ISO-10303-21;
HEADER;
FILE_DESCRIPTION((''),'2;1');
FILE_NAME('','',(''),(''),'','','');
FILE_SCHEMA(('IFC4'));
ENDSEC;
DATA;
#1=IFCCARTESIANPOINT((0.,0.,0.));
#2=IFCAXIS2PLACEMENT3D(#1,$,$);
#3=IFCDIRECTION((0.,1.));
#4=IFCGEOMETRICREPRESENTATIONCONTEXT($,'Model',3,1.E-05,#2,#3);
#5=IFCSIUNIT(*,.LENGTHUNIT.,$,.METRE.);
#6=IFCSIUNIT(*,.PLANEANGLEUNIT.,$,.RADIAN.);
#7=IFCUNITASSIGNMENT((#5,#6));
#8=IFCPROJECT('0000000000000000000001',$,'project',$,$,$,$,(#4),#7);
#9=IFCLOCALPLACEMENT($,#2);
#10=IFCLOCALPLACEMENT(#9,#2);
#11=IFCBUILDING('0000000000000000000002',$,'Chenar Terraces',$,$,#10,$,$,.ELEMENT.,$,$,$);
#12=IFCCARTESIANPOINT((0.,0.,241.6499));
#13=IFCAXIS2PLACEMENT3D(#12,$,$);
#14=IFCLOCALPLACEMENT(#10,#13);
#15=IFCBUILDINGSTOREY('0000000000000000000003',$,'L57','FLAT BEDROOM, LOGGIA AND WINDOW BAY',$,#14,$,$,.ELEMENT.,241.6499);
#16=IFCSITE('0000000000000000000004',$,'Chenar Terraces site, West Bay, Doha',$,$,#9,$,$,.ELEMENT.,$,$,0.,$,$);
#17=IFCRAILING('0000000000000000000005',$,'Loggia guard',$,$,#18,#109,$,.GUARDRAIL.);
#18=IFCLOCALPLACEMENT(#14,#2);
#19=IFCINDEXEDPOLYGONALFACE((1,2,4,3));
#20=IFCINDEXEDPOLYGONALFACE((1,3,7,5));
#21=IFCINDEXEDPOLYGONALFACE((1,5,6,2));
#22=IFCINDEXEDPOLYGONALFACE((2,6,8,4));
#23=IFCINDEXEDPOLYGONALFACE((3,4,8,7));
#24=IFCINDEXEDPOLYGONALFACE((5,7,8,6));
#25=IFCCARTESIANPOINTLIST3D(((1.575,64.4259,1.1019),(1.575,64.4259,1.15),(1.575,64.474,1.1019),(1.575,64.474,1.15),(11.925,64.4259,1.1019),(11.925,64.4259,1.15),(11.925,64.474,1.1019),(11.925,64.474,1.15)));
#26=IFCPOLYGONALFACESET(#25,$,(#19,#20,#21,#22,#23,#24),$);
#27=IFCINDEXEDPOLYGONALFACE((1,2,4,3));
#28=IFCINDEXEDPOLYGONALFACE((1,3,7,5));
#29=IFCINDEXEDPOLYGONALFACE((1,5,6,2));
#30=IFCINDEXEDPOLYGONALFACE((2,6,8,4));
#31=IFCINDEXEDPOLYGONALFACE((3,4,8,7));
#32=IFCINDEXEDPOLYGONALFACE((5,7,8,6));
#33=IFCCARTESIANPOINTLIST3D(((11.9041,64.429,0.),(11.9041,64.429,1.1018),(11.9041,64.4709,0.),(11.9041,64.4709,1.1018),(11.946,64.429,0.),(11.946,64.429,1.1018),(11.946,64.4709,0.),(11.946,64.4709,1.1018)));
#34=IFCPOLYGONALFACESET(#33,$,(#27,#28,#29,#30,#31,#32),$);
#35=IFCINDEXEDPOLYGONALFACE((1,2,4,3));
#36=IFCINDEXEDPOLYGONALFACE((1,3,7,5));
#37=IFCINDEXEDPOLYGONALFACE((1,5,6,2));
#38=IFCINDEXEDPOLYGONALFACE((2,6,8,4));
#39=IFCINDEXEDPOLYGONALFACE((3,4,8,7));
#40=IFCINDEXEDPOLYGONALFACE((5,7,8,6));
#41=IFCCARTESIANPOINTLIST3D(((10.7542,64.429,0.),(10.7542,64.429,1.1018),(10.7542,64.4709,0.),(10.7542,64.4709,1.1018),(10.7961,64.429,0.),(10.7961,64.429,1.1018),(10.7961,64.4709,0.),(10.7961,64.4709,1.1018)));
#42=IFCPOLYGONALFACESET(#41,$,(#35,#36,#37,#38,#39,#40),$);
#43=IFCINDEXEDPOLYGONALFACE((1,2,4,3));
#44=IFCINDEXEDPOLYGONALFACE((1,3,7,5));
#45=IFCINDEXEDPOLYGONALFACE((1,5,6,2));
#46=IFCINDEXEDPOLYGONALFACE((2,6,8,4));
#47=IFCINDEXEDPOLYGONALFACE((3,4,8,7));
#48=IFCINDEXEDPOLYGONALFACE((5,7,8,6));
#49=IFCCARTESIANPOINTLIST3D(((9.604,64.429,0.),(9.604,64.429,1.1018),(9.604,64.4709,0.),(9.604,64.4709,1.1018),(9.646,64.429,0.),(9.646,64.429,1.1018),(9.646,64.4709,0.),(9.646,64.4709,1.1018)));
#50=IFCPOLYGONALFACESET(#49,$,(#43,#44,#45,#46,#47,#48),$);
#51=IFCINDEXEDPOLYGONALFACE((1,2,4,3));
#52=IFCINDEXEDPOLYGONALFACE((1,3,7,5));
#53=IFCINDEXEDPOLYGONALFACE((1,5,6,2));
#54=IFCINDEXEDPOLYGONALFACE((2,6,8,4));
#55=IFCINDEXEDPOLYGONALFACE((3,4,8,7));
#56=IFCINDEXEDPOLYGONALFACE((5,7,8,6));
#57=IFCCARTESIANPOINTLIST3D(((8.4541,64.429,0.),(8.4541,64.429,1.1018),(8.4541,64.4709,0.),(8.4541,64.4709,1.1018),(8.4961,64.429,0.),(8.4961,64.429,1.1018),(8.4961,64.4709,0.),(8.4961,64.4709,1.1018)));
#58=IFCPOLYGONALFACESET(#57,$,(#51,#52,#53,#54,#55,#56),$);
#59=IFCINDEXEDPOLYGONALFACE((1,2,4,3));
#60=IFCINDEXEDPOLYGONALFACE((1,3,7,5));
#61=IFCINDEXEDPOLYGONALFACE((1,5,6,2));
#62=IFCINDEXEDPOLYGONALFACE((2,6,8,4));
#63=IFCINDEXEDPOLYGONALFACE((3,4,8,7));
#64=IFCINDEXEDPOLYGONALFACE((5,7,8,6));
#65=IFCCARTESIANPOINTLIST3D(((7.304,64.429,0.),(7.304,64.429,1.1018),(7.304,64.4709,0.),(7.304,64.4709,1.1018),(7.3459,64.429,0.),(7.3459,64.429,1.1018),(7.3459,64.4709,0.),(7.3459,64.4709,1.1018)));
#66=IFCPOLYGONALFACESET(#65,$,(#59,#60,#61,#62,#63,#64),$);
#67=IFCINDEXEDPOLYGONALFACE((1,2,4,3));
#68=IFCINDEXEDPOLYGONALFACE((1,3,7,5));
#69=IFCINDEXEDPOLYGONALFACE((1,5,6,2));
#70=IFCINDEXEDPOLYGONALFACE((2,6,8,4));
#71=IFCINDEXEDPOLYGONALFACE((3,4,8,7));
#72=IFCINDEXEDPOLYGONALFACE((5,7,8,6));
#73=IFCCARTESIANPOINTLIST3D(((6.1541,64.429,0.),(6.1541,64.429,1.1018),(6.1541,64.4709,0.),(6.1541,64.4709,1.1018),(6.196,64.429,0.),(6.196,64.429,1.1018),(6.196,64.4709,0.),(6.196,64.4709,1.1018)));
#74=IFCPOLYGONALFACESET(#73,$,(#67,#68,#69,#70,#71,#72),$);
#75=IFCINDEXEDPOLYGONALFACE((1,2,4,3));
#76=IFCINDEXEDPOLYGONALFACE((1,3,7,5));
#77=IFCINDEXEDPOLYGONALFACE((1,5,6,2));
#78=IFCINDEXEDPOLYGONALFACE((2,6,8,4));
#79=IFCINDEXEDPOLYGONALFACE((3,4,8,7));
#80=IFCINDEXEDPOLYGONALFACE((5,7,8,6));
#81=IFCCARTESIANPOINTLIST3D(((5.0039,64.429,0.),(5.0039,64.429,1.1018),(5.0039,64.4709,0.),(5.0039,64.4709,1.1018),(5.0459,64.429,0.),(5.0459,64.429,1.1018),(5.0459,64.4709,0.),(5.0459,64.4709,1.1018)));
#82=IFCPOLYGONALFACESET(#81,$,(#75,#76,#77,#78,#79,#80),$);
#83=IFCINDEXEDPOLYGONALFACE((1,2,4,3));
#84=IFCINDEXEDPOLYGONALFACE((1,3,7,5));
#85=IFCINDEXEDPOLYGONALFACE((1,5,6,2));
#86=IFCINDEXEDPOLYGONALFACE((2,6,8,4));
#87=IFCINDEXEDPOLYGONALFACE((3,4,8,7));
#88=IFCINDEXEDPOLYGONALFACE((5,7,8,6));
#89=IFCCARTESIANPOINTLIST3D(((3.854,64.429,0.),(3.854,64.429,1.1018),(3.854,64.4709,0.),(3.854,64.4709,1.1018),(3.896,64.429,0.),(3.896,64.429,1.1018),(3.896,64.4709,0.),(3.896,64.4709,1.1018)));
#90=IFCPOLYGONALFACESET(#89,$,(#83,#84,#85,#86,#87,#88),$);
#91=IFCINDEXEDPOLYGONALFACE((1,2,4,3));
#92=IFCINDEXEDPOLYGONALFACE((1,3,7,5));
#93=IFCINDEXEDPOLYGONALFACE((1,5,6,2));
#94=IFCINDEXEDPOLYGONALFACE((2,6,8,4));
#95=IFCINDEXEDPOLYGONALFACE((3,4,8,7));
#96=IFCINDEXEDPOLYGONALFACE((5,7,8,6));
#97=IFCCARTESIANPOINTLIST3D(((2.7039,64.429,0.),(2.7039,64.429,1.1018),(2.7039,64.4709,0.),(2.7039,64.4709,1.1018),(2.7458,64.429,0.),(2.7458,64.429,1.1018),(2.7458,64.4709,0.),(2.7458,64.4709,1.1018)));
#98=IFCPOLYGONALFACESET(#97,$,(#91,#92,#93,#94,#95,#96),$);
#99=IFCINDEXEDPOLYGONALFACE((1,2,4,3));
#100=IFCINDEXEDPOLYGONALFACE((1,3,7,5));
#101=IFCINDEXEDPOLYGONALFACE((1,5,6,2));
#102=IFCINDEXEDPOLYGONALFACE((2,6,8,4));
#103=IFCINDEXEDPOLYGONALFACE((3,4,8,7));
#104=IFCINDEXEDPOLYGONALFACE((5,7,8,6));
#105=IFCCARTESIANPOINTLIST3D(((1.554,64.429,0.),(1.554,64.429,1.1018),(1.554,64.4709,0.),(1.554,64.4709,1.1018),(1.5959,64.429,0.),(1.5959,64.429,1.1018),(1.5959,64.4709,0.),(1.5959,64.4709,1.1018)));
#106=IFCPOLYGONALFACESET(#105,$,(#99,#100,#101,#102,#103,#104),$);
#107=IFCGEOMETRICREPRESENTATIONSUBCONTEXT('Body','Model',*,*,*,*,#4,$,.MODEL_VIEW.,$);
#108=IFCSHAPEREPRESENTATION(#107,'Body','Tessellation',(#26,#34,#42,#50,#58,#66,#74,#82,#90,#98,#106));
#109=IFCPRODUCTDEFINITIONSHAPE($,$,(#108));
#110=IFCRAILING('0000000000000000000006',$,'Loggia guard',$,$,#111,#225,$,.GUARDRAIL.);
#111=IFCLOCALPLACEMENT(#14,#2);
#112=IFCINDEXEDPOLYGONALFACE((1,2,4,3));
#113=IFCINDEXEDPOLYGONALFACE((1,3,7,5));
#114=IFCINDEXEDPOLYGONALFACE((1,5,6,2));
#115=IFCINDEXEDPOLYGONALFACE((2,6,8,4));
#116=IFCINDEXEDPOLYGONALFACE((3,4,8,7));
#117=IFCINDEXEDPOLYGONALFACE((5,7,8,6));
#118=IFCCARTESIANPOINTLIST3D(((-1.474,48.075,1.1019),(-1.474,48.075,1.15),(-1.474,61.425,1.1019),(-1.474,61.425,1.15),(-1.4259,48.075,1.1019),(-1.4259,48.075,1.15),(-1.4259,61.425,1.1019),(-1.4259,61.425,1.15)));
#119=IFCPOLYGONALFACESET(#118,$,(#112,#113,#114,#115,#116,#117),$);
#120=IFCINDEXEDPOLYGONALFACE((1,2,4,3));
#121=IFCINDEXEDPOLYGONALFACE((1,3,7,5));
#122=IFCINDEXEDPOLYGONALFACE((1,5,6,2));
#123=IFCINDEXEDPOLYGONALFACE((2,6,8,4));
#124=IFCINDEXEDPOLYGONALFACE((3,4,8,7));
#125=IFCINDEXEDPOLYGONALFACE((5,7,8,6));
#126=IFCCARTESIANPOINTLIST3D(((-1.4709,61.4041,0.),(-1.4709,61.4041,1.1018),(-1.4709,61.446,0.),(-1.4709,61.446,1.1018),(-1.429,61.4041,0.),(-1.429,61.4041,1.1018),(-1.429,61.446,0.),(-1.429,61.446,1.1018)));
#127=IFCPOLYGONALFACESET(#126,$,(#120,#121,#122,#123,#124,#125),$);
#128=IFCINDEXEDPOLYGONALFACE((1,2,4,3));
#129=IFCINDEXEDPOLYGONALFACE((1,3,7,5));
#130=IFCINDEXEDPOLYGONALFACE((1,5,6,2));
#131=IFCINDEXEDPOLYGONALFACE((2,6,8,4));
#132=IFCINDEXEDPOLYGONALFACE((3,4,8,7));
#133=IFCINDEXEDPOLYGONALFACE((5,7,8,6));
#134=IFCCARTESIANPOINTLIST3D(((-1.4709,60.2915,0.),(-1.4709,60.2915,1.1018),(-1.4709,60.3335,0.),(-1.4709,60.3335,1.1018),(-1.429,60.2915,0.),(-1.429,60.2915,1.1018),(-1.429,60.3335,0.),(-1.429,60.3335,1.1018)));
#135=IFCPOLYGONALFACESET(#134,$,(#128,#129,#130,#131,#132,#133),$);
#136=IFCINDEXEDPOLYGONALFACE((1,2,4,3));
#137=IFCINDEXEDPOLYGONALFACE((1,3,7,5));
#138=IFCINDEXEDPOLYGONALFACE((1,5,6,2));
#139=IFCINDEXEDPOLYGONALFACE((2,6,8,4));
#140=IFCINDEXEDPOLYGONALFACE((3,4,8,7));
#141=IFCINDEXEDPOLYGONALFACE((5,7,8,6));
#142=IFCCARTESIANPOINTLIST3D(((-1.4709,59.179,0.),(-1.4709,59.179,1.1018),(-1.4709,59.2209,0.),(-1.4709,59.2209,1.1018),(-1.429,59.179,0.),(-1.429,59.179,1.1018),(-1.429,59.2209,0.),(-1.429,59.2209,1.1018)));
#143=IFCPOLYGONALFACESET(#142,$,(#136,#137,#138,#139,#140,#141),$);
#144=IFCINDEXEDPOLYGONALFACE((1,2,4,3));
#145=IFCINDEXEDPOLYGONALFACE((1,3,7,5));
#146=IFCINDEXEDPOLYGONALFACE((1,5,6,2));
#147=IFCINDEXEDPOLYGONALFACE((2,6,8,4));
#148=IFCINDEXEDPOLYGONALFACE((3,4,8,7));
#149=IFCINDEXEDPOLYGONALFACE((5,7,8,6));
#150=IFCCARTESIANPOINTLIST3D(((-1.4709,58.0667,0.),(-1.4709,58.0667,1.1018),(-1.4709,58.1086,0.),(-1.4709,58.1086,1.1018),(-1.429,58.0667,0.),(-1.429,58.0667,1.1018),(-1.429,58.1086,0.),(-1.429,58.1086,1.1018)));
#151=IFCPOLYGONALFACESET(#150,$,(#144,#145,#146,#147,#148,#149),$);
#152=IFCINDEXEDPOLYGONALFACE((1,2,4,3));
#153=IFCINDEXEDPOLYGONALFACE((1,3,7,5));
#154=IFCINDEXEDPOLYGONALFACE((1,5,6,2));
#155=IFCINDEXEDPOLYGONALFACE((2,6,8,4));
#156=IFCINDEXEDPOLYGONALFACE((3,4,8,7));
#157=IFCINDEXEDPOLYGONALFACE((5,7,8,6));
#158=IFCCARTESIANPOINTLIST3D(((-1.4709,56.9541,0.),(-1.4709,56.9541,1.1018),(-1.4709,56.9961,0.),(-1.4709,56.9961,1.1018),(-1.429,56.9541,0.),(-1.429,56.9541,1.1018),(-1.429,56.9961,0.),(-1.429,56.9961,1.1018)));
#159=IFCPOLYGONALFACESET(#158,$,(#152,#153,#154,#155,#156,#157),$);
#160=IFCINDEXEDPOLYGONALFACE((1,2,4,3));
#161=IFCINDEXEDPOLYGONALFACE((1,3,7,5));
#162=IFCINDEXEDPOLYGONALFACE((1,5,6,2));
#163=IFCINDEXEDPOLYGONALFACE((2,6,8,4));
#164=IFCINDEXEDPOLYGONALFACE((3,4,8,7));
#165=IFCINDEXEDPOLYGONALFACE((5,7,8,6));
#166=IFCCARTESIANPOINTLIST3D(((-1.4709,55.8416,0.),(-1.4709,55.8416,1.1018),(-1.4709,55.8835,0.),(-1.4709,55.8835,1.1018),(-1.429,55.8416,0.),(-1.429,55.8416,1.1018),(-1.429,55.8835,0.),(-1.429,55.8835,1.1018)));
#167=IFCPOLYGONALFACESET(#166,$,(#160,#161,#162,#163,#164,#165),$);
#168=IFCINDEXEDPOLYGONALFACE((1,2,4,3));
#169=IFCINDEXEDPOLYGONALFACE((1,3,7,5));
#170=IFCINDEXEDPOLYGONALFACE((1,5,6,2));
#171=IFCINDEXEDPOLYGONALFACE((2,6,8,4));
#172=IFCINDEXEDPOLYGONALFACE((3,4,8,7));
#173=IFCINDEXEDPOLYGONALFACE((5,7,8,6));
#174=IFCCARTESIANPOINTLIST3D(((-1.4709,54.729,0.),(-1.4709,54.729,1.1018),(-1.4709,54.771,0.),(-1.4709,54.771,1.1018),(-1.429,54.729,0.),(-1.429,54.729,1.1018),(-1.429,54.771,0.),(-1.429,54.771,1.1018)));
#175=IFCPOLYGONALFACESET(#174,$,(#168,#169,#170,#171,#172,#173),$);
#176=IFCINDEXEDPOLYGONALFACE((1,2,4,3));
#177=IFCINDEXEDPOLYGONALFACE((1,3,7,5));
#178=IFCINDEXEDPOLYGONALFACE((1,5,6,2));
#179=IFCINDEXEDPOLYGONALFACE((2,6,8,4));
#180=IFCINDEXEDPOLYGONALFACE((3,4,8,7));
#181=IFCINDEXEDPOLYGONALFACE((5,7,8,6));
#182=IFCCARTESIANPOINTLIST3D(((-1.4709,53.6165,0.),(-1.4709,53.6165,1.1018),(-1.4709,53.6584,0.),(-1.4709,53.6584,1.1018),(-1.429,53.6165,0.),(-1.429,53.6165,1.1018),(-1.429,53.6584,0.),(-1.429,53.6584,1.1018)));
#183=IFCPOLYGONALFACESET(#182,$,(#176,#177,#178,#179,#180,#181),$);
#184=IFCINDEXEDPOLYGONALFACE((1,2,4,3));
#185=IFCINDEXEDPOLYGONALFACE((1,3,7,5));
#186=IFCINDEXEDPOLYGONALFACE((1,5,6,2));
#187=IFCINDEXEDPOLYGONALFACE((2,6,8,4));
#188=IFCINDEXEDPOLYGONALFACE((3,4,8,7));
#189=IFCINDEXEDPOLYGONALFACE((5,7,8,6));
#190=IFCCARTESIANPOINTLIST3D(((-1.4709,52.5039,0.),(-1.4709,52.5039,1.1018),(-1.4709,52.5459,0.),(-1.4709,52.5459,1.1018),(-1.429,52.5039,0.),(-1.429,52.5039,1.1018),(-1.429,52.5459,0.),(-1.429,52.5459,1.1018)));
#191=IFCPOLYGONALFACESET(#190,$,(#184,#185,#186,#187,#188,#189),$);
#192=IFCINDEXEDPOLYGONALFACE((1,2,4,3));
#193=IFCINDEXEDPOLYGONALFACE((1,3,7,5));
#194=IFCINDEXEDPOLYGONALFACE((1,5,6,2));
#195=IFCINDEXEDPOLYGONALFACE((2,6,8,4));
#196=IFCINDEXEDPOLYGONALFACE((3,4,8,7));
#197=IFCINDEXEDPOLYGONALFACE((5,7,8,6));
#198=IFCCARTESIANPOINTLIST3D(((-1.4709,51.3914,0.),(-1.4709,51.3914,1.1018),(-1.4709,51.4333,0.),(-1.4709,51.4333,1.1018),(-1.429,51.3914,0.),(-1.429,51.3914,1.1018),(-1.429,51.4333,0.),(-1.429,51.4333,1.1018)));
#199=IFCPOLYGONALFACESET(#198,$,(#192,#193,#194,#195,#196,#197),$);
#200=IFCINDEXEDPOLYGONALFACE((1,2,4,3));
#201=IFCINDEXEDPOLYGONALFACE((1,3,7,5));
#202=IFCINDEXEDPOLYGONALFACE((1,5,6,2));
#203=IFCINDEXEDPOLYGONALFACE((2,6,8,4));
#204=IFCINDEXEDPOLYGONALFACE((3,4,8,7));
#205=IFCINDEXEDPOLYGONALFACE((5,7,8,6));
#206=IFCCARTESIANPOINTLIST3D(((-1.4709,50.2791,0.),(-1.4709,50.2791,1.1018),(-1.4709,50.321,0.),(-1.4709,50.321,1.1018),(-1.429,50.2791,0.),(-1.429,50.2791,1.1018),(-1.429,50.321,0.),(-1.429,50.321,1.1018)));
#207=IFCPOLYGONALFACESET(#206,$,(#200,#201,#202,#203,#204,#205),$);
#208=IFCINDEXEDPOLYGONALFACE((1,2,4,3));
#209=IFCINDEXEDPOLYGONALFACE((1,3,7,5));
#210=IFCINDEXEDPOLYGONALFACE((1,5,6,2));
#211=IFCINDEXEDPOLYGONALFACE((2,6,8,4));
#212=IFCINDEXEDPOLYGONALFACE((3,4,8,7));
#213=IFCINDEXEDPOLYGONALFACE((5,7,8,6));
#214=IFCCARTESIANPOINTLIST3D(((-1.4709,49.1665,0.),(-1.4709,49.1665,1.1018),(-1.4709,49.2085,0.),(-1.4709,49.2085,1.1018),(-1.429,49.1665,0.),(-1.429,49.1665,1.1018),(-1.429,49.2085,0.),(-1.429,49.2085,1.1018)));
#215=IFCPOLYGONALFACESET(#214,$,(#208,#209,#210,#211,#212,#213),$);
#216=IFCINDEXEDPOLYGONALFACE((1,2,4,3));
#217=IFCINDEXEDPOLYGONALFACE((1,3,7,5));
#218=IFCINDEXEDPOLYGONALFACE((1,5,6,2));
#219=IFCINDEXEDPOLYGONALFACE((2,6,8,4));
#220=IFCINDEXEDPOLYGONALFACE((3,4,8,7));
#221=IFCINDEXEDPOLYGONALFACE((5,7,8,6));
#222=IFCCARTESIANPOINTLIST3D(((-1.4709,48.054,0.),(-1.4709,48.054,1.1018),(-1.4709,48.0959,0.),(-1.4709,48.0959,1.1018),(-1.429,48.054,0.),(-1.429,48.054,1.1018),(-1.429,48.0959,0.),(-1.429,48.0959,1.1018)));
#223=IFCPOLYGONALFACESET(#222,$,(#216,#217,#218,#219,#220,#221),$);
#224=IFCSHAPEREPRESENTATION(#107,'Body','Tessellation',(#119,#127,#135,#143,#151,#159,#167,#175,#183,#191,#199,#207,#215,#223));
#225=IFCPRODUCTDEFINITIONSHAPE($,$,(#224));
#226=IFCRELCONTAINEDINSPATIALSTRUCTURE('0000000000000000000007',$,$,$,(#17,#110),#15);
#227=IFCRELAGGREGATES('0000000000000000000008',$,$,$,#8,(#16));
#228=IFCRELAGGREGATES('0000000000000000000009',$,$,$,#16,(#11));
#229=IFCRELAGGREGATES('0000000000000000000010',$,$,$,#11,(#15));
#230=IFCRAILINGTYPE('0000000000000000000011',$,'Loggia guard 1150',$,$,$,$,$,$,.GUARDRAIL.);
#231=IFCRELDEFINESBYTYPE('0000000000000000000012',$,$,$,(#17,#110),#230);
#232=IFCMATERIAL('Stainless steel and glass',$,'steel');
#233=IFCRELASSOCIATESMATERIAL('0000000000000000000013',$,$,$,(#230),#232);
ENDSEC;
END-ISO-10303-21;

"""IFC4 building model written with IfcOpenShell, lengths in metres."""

from ifc_helpers import new_model, si_unit, direction, frame, origin, origin_2d, place, context, subcontext, project, spatial, rectangle, extrude, material, type_object, element, save


model = new_model("IFC4")

# Units and contexts
model_context = context("Model", 3, precision=1e-05, world=origin(), true_north=direction((0.0, 1.0)))
body_context = subcontext(model_context, "Body", "Model", "MODEL_VIEW")
ifc_project = project(units=[si_unit("LENGTHUNIT", "METRE"), si_unit("PLANEANGLEUNIT", "RADIAN")], contexts=[model_context])

# Site, building, storey
site_placement = place(None, origin())
site = spatial("IfcSite", under=ifc_project, at=site_placement, Name="Chenar Terraces site, West Bay, Doha", CompositionType="ELEMENT", RefElevation=0.0)
building_placement = place(site_placement, origin())
building = spatial("IfcBuilding", under=site, at=building_placement, Name="Chenar Terraces", CompositionType="ELEMENT")
storey_placement = place(building_placement, frame((0.0, 0.0, 241.6499)))
storey = spatial("IfcBuildingStorey", under=building, at=storey_placement, Name="L57", Description="FLAT BEDROOM, LOGGIA AND WINDOW BAY", CompositionType="ELEMENT", Elevation=241.6499)

# Railings
ifc_material_1 = material(Name="Stainless steel and glass", Category="steel")
railing_type = type_object("IfcRailingType", Name="Loggia guard 1150", PredefinedType="GUARDRAIL", material=ifc_material_1)
railing_1_placement = place(storey_placement, frame((11.925, 64.45, 0.0)))
element("IfcRailing", 1, at=railing_1_placement, inside=storey, type_object=railing_type, Name="Loggia guard", PredefinedType="GUARDRAIL", context=body_context, shape_type="SweptSolid", body=[
    extrude(rectangle(XDim=0.0481, YDim=0.0481, at=origin_2d()), frame((0.0, 0.0, 1.126), z_axis=(-1.0, 0.0, 0.0), x_axis=(0.0, -1.0, 0.0)), (0.0, 0.0, 1.0), 10.3501),
    extrude(rectangle(XDim=0.042, YDim=0.042, at=origin_2d()), origin(), (0.0, 0.0, 1.0), 1.1018),
    extrude(rectangle(XDim=0.042, YDim=0.042, at=origin_2d()), frame((-1.1499, 0.0, 0.0)), (0.0, 0.0, 1.0), 1.1018),
    extrude(rectangle(XDim=0.042, YDim=0.042, at=origin_2d()), frame((-2.3, 0.0, 0.0)), (0.0, 0.0, 1.0), 1.1018),
    extrude(rectangle(XDim=0.042, YDim=0.042, at=origin_2d()), frame((-3.45, 0.0, 0.0)), (0.0, 0.0, 1.0), 1.1018),
    extrude(rectangle(XDim=0.042, YDim=0.042, at=origin_2d()), frame((-4.6001, 0.0, 0.0)), (0.0, 0.0, 1.0), 1.1018),
    extrude(rectangle(XDim=0.042, YDim=0.042, at=origin_2d()), frame((-5.75, 0.0, 0.0)), (0.0, 0.0, 1.0), 1.1018),
    extrude(rectangle(XDim=0.042, YDim=0.042, at=origin_2d()), frame((-6.9001, 0.0, 0.0)), (0.0, 0.0, 1.0), 1.1018),
    extrude(rectangle(XDim=0.042, YDim=0.042, at=origin_2d()), frame((-8.05, 0.0, 0.0)), (0.0, 0.0, 1.0), 1.1018),
    extrude(rectangle(XDim=0.042, YDim=0.042, at=origin_2d()), frame((-9.2002, 0.0, 0.0)), (0.0, 0.0, 1.0), 1.1018),
    extrude(rectangle(XDim=0.042, YDim=0.042, at=origin_2d()), frame((-10.3501, 0.0, 0.0)), (0.0, 0.0, 1.0), 1.1018),
])
railing_2_placement = place(storey_placement, frame((-1.45, 61.425, 0.0)))
element("IfcRailing", 2, at=railing_2_placement, inside=storey, type_object=railing_type, Name="Loggia guard", PredefinedType="GUARDRAIL", context=body_context, shape_type="SweptSolid", body=[
    extrude(rectangle(XDim=0.0481, YDim=0.0481, at=origin_2d()), frame((0.0, 0.0, 1.126), z_axis=(0.0, -1.0, 0.0), x_axis=(1.0, 0.0, 0.0)), (0.0, 0.0, 1.0), 13.3501),
    extrude(rectangle(XDim=0.042, YDim=0.042, at=origin_2d()), origin(), (0.0, 0.0, 1.0), 1.1018),
    extrude(rectangle(XDim=0.042, YDim=0.042, at=origin_2d()), frame((0.0, -1.1125, 0.0)), (0.0, 0.0, 1.0), 1.1018),
    extrude(rectangle(XDim=0.042, YDim=0.042, at=origin_2d()), frame((0.0, -2.2251, 0.0)), (0.0, 0.0, 1.0), 1.1018),
    extrude(rectangle(XDim=0.042, YDim=0.042, at=origin_2d()), frame((0.0, -3.3374, 0.0)), (0.0, 0.0, 1.0), 1.1018),
    extrude(rectangle(XDim=0.042, YDim=0.042, at=origin_2d()), frame((0.0, -4.45, 0.0)), (0.0, 0.0, 1.0), 1.1018),
    extrude(rectangle(XDim=0.042, YDim=0.042, at=origin_2d()), frame((0.0, -5.5625, 0.0)), (0.0, 0.0, 1.0), 1.1018),
    extrude(rectangle(XDim=0.042, YDim=0.042, at=origin_2d()), frame((0.0, -6.675, 0.0)), (0.0, 0.0, 1.0), 1.1018),
    extrude(rectangle(XDim=0.042, YDim=0.042, at=origin_2d()), frame((0.0, -7.7876, 0.0)), (0.0, 0.0, 1.0), 1.1018),
    extrude(rectangle(XDim=0.042, YDim=0.042, at=origin_2d()), frame((0.0, -8.9001, 0.0)), (0.0, 0.0, 1.0), 1.1018),
    extrude(rectangle(XDim=0.042, YDim=0.042, at=origin_2d()), frame((0.0, -10.0127, 0.0)), (0.0, 0.0, 1.0), 1.1018),
    extrude(rectangle(XDim=0.042, YDim=0.042, at=origin_2d()), frame((0.0, -11.125, 0.0)), (0.0, 0.0, 1.0), 1.1018),
    extrude(rectangle(XDim=0.042, YDim=0.042, at=origin_2d()), frame((0.0, -12.2375, 0.0)), (0.0, 0.0, 1.0), 1.1018),
    extrude(rectangle(XDim=0.042, YDim=0.042, at=origin_2d()), frame((0.0, -13.3501, 0.0)), (0.0, 0.0, 1.0), 1.1018),
])

save(model, "model.ifc")
